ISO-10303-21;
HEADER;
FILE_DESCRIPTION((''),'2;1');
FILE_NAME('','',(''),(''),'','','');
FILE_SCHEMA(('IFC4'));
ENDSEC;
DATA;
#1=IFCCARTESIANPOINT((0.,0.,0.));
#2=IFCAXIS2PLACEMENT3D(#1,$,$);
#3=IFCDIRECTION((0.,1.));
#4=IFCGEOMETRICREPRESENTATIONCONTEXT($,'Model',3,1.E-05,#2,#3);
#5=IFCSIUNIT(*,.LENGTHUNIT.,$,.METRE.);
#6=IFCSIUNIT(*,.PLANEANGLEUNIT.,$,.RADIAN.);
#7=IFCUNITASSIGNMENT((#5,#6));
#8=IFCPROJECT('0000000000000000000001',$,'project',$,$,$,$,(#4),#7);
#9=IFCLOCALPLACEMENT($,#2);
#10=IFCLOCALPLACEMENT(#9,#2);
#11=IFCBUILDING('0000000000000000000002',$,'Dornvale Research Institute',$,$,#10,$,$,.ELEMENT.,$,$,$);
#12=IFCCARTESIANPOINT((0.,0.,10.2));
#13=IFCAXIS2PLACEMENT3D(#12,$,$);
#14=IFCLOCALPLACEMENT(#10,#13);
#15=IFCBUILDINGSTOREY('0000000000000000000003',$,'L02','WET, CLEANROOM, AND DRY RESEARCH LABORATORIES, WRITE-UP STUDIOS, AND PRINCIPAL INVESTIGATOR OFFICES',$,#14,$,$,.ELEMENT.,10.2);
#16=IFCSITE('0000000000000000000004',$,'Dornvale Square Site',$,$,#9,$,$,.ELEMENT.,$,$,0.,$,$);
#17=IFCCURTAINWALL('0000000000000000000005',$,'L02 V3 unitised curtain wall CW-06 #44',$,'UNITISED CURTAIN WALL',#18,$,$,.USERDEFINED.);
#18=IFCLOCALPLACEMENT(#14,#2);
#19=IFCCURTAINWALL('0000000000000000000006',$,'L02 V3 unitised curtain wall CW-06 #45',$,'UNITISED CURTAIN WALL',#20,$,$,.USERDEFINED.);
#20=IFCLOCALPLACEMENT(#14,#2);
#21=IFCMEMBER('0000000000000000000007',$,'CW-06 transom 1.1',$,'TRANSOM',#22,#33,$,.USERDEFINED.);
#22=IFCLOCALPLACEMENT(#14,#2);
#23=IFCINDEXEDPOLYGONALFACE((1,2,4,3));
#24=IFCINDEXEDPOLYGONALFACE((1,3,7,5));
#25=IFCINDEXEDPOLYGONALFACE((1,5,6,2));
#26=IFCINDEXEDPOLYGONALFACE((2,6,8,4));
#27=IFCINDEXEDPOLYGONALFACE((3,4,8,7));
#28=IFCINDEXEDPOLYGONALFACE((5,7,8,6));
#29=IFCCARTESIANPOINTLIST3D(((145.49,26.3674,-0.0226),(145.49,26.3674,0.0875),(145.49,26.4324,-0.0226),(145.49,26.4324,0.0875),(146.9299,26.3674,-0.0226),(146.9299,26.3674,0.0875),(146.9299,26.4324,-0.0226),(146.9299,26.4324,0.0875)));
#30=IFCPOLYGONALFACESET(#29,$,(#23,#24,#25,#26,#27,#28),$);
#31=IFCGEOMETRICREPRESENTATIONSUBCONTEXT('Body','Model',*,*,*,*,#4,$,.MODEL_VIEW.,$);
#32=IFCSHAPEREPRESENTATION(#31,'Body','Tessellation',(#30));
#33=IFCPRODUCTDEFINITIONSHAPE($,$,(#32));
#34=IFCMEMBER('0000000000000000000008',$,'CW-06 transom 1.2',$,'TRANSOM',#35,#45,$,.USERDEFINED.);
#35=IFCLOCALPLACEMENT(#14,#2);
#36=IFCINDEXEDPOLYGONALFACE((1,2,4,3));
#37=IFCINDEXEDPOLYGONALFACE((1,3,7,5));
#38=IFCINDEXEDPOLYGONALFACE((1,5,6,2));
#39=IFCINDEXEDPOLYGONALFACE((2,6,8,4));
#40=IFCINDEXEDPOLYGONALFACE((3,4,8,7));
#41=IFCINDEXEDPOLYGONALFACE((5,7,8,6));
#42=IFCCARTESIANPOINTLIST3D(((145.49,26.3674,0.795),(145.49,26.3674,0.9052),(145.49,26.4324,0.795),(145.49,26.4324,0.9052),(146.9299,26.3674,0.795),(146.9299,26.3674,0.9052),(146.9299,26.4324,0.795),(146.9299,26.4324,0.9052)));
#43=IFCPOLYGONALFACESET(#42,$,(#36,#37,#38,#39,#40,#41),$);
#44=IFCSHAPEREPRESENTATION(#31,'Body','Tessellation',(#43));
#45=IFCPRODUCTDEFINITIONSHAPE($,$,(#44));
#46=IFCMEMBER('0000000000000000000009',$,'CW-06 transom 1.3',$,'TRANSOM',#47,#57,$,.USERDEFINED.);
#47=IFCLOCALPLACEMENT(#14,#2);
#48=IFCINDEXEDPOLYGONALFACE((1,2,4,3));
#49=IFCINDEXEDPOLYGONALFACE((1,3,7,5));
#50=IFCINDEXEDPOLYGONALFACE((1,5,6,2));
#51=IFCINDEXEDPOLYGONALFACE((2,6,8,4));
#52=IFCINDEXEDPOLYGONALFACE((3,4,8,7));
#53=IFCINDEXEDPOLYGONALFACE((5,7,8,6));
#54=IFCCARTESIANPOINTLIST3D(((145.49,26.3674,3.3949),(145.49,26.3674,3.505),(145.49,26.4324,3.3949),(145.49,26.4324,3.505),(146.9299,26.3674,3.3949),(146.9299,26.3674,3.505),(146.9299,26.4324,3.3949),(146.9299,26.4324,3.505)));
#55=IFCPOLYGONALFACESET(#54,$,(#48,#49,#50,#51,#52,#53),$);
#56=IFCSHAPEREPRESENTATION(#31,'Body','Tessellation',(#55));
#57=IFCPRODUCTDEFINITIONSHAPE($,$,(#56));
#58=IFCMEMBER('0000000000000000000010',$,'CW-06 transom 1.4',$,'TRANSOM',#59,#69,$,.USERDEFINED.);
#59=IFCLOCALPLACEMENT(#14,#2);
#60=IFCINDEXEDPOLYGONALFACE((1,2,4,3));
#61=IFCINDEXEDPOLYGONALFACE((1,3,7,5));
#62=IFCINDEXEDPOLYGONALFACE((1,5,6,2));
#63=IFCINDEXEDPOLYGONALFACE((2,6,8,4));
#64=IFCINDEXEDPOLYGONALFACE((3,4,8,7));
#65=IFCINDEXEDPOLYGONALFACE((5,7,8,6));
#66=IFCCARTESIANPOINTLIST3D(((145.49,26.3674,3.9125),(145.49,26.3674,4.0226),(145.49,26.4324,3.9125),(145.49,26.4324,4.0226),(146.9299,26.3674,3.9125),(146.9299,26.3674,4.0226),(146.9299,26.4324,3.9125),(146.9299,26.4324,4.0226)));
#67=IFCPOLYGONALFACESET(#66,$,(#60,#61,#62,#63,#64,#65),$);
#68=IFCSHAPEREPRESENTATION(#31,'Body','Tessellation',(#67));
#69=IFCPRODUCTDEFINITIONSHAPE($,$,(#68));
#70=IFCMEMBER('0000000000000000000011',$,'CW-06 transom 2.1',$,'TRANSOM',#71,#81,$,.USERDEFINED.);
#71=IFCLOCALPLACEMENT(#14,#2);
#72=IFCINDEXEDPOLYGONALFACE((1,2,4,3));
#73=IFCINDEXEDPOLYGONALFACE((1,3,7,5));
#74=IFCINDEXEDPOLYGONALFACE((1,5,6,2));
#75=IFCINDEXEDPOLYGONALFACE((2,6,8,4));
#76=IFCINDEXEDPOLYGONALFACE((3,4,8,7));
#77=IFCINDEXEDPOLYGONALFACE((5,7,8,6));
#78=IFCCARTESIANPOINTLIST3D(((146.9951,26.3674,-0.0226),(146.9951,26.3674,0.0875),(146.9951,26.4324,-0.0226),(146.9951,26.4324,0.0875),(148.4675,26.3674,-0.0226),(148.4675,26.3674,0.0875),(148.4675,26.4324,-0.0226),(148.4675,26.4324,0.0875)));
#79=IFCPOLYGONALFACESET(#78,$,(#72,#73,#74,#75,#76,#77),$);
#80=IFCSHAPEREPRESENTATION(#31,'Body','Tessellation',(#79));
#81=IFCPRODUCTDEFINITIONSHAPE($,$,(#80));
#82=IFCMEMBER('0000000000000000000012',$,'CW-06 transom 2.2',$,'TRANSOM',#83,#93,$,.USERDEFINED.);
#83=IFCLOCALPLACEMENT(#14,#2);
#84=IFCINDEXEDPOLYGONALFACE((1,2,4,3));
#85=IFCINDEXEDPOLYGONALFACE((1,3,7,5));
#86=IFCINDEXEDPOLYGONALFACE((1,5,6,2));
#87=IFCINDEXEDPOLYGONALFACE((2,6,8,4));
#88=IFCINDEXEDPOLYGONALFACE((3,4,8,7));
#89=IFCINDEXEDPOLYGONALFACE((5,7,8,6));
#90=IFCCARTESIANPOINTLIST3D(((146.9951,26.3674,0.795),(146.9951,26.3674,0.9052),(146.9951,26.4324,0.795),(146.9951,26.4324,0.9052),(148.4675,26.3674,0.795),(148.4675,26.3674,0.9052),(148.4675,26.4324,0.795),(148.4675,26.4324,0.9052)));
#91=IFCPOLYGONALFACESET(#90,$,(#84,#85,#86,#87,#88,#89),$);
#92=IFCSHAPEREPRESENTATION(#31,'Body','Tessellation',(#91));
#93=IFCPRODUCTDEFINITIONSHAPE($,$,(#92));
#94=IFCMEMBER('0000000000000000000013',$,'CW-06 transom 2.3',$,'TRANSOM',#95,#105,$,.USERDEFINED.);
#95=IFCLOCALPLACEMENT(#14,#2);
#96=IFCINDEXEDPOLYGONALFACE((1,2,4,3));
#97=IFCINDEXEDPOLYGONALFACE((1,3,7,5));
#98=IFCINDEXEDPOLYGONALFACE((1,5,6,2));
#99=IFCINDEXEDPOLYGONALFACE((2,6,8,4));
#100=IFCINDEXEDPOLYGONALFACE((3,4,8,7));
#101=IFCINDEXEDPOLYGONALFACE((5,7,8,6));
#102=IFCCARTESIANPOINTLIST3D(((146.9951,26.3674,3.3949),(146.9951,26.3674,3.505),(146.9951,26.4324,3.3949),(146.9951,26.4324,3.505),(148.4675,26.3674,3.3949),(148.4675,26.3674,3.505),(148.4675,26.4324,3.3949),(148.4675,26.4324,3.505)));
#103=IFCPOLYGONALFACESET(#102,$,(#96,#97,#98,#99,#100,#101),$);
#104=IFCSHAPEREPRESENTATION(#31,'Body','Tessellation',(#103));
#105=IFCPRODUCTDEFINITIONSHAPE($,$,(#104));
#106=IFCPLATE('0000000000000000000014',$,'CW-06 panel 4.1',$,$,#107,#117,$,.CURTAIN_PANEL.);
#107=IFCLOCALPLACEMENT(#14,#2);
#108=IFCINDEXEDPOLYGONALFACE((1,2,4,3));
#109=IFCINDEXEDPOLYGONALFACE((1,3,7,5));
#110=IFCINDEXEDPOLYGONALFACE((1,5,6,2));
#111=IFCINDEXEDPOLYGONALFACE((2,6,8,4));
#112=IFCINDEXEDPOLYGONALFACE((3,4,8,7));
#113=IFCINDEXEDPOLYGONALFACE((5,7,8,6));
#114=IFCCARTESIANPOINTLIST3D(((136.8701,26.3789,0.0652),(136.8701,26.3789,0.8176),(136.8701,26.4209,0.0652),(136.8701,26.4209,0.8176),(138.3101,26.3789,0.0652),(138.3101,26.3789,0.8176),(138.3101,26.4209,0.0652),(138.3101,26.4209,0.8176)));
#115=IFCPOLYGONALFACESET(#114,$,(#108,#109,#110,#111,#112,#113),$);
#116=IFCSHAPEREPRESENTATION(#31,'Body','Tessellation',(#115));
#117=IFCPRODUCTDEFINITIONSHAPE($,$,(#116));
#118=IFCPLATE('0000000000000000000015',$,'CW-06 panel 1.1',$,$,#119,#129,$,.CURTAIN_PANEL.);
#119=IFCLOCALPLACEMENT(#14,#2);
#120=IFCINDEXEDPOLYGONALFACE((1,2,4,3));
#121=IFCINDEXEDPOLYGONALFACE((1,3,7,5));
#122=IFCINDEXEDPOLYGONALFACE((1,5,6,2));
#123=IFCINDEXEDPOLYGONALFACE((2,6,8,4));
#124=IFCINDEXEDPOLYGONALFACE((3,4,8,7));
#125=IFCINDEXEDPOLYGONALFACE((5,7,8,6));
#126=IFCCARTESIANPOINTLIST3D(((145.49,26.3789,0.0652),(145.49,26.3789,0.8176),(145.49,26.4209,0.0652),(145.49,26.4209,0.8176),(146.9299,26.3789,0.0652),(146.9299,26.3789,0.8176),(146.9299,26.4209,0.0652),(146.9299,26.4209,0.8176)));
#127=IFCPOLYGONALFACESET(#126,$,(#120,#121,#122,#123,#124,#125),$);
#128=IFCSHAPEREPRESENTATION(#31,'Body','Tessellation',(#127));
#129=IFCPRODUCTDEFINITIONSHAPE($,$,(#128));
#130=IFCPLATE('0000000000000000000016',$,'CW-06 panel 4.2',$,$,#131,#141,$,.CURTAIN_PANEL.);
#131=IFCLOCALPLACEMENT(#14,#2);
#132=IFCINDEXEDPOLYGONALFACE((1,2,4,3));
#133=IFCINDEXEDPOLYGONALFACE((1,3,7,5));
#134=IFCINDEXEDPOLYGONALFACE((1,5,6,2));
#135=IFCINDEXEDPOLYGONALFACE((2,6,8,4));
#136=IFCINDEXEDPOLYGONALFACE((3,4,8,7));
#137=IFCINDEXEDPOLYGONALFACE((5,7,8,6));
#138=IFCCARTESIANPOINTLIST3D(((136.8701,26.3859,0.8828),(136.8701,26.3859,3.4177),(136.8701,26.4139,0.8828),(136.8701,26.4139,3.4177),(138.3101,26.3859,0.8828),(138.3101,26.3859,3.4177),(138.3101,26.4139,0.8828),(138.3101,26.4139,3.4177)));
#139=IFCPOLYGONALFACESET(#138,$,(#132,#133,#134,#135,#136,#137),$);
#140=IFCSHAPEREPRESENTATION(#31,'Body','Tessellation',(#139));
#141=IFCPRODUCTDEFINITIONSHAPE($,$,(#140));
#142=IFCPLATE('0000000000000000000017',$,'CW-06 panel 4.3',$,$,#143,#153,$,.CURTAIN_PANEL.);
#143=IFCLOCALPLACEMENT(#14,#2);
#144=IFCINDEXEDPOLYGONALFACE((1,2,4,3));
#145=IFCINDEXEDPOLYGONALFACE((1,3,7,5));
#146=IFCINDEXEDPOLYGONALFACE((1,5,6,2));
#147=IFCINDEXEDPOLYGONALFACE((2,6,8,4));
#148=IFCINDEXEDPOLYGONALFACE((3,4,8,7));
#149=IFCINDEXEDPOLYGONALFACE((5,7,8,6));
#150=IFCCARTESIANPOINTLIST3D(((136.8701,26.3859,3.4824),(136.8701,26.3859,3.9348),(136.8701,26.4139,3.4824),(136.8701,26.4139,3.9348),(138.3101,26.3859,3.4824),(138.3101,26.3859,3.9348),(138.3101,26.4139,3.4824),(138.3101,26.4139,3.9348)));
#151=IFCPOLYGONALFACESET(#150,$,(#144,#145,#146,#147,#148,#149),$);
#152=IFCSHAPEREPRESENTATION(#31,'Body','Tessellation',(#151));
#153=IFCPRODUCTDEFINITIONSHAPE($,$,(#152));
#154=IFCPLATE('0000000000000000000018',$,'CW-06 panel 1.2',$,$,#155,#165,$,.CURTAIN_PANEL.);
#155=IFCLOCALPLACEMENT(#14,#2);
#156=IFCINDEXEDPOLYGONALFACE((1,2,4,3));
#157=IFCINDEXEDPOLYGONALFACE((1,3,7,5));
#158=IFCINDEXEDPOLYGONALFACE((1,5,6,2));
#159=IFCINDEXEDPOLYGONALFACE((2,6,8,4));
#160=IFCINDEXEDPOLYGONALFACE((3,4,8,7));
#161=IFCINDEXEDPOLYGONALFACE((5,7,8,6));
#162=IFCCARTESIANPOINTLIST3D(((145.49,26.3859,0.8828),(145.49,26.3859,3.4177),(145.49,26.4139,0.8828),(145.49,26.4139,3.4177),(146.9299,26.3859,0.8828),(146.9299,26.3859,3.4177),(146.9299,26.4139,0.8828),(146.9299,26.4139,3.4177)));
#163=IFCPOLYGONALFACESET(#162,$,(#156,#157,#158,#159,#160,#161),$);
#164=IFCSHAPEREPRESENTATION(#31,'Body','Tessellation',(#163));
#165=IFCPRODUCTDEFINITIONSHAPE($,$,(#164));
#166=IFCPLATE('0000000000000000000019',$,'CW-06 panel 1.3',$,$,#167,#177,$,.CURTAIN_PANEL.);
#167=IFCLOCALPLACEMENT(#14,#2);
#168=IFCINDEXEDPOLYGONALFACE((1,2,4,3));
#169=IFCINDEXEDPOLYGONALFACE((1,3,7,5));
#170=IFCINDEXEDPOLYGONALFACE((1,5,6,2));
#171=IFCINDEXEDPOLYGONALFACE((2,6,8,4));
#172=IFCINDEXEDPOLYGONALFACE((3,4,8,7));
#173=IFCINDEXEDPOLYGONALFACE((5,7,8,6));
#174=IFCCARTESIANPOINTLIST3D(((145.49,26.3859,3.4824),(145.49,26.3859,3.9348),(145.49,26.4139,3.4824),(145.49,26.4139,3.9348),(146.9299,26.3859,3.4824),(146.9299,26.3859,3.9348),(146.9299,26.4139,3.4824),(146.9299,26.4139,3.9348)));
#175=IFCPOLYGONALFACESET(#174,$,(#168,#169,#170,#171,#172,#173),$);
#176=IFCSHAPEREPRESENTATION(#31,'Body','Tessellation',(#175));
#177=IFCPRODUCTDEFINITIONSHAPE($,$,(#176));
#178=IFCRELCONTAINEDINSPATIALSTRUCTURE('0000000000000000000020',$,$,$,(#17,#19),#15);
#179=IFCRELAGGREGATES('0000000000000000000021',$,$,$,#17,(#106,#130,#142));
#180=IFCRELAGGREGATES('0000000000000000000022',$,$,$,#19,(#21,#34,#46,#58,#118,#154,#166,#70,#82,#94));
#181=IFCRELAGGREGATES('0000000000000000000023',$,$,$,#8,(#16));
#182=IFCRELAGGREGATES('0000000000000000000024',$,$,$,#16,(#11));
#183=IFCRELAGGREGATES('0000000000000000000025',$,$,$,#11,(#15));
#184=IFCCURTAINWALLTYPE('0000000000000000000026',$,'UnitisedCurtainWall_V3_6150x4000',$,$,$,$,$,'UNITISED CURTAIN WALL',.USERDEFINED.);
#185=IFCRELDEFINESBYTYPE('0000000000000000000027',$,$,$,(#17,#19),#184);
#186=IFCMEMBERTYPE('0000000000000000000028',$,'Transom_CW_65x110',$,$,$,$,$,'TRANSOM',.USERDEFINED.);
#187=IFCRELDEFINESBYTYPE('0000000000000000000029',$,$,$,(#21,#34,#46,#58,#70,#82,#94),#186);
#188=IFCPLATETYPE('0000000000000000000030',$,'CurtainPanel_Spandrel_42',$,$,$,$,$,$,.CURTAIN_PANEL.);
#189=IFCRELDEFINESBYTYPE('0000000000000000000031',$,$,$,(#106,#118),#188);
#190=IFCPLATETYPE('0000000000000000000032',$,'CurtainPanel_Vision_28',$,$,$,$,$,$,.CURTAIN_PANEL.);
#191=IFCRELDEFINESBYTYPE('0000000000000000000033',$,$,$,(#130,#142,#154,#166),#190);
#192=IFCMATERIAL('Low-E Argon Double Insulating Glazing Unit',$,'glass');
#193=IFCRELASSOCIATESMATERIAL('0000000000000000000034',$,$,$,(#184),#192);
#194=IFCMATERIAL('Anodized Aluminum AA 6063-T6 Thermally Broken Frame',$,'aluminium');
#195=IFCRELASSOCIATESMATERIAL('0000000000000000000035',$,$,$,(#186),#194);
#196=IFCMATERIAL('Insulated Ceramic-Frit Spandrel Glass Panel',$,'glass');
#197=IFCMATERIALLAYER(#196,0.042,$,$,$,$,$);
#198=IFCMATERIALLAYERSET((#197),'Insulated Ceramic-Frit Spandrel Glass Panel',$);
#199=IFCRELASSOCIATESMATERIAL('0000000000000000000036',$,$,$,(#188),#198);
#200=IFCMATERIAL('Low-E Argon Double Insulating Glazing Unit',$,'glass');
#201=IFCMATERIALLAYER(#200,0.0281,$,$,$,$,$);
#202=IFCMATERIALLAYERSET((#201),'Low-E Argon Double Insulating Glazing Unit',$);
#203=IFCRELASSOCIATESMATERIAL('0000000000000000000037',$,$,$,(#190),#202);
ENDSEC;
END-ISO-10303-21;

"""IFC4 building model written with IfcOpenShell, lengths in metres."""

from ifc_helpers import new_model, si_unit, direction, frame, origin, origin_2d, place, context, subcontext, project, spatial, rectangle, extrude, material, layer, layer_set, material_profile, profile_set, type_object, element, aggregate, save


model = new_model("IFC4")

# Units and contexts
model_context = context("Model", 3, precision=1e-05, world=origin(), true_north=direction((0.0, 1.0)))
body_context = subcontext(model_context, "Body", "Model", "MODEL_VIEW")
ifc_project = project(units=[si_unit("LENGTHUNIT", "METRE"), si_unit("PLANEANGLEUNIT", "RADIAN")], contexts=[model_context])

# Site, building, storey
site_placement = place(None, origin())
site = spatial("IfcSite", under=ifc_project, at=site_placement, Name="Dornvale Square Site", CompositionType="ELEMENT", RefElevation=0.0)
building_placement = place(site_placement, origin())
building = spatial("IfcBuilding", under=site, at=building_placement, Name="Dornvale Research Institute", CompositionType="ELEMENT")
storey_placement = place(building_placement, frame((0.0, 0.0, 10.2)))
storey = spatial("IfcBuildingStorey", under=building, at=storey_placement, Name="L02", Description="WET, CLEANROOM, AND DRY RESEARCH LABORATORIES, WRITE-UP STUDIOS, AND PRINCIPAL INVESTIGATOR OFFICES", CompositionType="ELEMENT", Elevation=10.2)

# Curtain wall
ifc_material_1 = material(Name="Low-E Argon Double Insulating Glazing Unit", Category="glass")
curtain_wall_type = type_object("IfcCurtainWallType", Name="UnitisedCurtainWall_V3_6150x4000", ElementType="UNITISED CURTAIN WALL", PredefinedType="USERDEFINED", material=ifc_material_1)
curtain_wall_1_placement = place(storey_placement, origin())
curtain_wall_1 = element("IfcCurtainWall", 1, at=curtain_wall_1_placement, inside=storey, type_object=curtain_wall_type, Name="L02 V3 unitised curtain wall CW-06 #44", ObjectType="UNITISED CURTAIN WALL", PredefinedType="USERDEFINED")

# Curtain wall
curtain_wall_2_placement = place(storey_placement, origin())
curtain_wall_2 = element("IfcCurtainWall", 2, at=curtain_wall_2_placement, inside=storey, type_object=curtain_wall_type, Name="L02 V3 unitised curtain wall CW-06 #45", ObjectType="UNITISED CURTAIN WALL", PredefinedType="USERDEFINED")

# Members
ifc_material_2 = material(Name="Anodized Aluminum AA 6063-T6 Thermally Broken Frame", Category="aluminium")
ifc_material_profile_1 = material_profile(ifc_material_2, rectangle(XDim=0.0649, YDim=0.1101, at=origin_2d()), Name="ALU TRANSOM 65x110")
ifc_profile_set_1 = profile_set([ifc_material_profile_1], Name="Anodized Aluminum AA 6063-T6 Thermally Broken Frame")
member_type_1 = type_object("IfcMemberType", Name="Transom_CW_65x110", ElementType="TRANSOM", PredefinedType="USERDEFINED", material=ifc_profile_set_1)
member_1_placement = place(storey_placement, frame((145.49, 26.3999, 0.0325), z_axis=(1.0, 0.0, 0.0), x_axis=(0.0, 1.0, 0.0)))
member_1 = element("IfcMember", 3, at=member_1_placement, type_object=member_type_1, Name="CW-06 transom 1.1", ObjectType="TRANSOM", PredefinedType="USERDEFINED", context=body_context, shape_type="SweptSolid", body=[
    extrude(rectangle(XDim=0.0649, YDim=0.1101, at=origin_2d()), origin(), (0.0, 0.0, 1.0), 1.4399),
])
member_2_placement = place(storey_placement, frame((145.49, 26.3999, 0.8501), z_axis=(1.0, 0.0, 0.0), x_axis=(0.0, 1.0, 0.0)))
member_2 = element("IfcMember", 4, at=member_2_placement, type_object=member_type_1, Name="CW-06 transom 1.2", ObjectType="TRANSOM", PredefinedType="USERDEFINED", context=body_context, shape_type="SweptSolid", body=[
    extrude(rectangle(XDim=0.0649, YDim=0.1101, at=origin_2d()), origin(), (0.0, 0.0, 1.0), 1.4399),
])
member_3_placement = place(storey_placement, frame((145.49, 26.3999, 3.45), z_axis=(1.0, 0.0, 0.0), x_axis=(0.0, 1.0, 0.0)))
member_3 = element("IfcMember", 5, at=member_3_placement, type_object=member_type_1, Name="CW-06 transom 1.3", ObjectType="TRANSOM", PredefinedType="USERDEFINED", context=body_context, shape_type="SweptSolid", body=[
    extrude(rectangle(XDim=0.0649, YDim=0.1101, at=origin_2d()), origin(), (0.0, 0.0, 1.0), 1.4399),
])
member_4_placement = place(storey_placement, frame((145.49, 26.3999, 3.9675), z_axis=(1.0, 0.0, 0.0), x_axis=(0.0, 1.0, 0.0)))
member_4 = element("IfcMember", 6, at=member_4_placement, type_object=member_type_1, Name="CW-06 transom 1.4", ObjectType="TRANSOM", PredefinedType="USERDEFINED", context=body_context, shape_type="SweptSolid", body=[
    extrude(rectangle(XDim=0.0649, YDim=0.1101, at=origin_2d()), origin(), (0.0, 0.0, 1.0), 1.4399),
])
member_5_placement = place(storey_placement, frame((146.9951, 26.3999, 0.0325), z_axis=(1.0, 0.0, 0.0), x_axis=(0.0, 1.0, 0.0)))
member_5 = element("IfcMember", 7, at=member_5_placement, type_object=member_type_1, Name="CW-06 transom 2.1", ObjectType="TRANSOM", PredefinedType="USERDEFINED", context=body_context, shape_type="SweptSolid", body=[
    extrude(rectangle(XDim=0.0649, YDim=0.1101, at=origin_2d()), origin(), (0.0, 0.0, 1.0), 1.4724),
])
member_6_placement = place(storey_placement, frame((146.9951, 26.3999, 0.8501), z_axis=(1.0, 0.0, 0.0), x_axis=(0.0, 1.0, 0.0)))
member_6 = element("IfcMember", 8, at=member_6_placement, type_object=member_type_1, Name="CW-06 transom 2.2", ObjectType="TRANSOM", PredefinedType="USERDEFINED", context=body_context, shape_type="SweptSolid", body=[
    extrude(rectangle(XDim=0.0649, YDim=0.1101, at=origin_2d()), origin(), (0.0, 0.0, 1.0), 1.4724),
])
member_7_placement = place(storey_placement, frame((146.9951, 26.3999, 3.45), z_axis=(1.0, 0.0, 0.0), x_axis=(0.0, 1.0, 0.0)))
member_7 = element("IfcMember", 9, at=member_7_placement, type_object=member_type_1, Name="CW-06 transom 2.3", ObjectType="TRANSOM", PredefinedType="USERDEFINED", context=body_context, shape_type="SweptSolid", body=[
    extrude(rectangle(XDim=0.0649, YDim=0.1101, at=origin_2d()), origin(), (0.0, 0.0, 1.0), 1.4724),
])

# Plates
ifc_material_3 = material(Name="Insulated Ceramic-Frit Spandrel Glass Panel", Category="glass")
ifc_layer_1 = layer(ifc_material_3, 0.042)
ifc_layer_set_1 = layer_set([ifc_layer_1], Name="Insulated Ceramic-Frit Spandrel Glass Panel")
plate_type_1 = type_object("IfcPlateType", Name="CurtainPanel_Spandrel_42", PredefinedType="CURTAIN_PANEL", material=ifc_layer_set_1)
plate_1_placement = place(storey_placement, frame((137.5901, 26.3999, 0.0652), z_axis=(0.0, 0.0, 1.0), x_axis=(1.0, 0.0, 0.0)))
plate_1 = element("IfcPlate", 10, at=plate_1_placement, type_object=plate_type_1, Name="CW-06 panel 4.1", PredefinedType="CURTAIN_PANEL", context=body_context, shape_type="SweptSolid", body=[
    extrude(rectangle(XDim=1.4399, YDim=0.042, at=origin_2d()), origin(), (0.0, 0.0, 1.0), 0.7524),
])
plate_2_placement = place(storey_placement, frame((146.21, 26.3999, 0.0652), z_axis=(0.0, 0.0, 1.0), x_axis=(1.0, 0.0, 0.0)))
plate_2 = element("IfcPlate", 11, at=plate_2_placement, type_object=plate_type_1, Name="CW-06 panel 1.1", PredefinedType="CURTAIN_PANEL", context=body_context, shape_type="SweptSolid", body=[
    extrude(rectangle(XDim=1.4399, YDim=0.042, at=origin_2d()), origin(), (0.0, 0.0, 1.0), 0.7524),
])
ifc_material_4 = material(Name="Low-E Argon Double Insulating Glazing Unit", Category="glass")
ifc_layer_2 = layer(ifc_material_4, 0.0281)
ifc_layer_set_2 = layer_set([ifc_layer_2], Name="Low-E Argon Double Insulating Glazing Unit")
plate_type_2 = type_object("IfcPlateType", Name="CurtainPanel_Vision_28", PredefinedType="CURTAIN_PANEL", material=ifc_layer_set_2)
plate_3_placement = place(storey_placement, frame((137.5901, 26.3999, 0.8828), z_axis=(0.0, 0.0, 1.0), x_axis=(1.0, 0.0, 0.0)))
plate_3 = element("IfcPlate", 12, at=plate_3_placement, type_object=plate_type_2, Name="CW-06 panel 4.2", PredefinedType="CURTAIN_PANEL", context=body_context, shape_type="SweptSolid", body=[
    extrude(rectangle(XDim=1.4399, YDim=0.0281, at=origin_2d()), origin(), (0.0, 0.0, 1.0), 2.5349),
])
plate_4_placement = place(storey_placement, frame((137.5901, 26.3999, 3.4824), z_axis=(0.0, 0.0, 1.0), x_axis=(1.0, 0.0, 0.0)))
plate_4 = element("IfcPlate", 13, at=plate_4_placement, type_object=plate_type_2, Name="CW-06 panel 4.3", PredefinedType="CURTAIN_PANEL", context=body_context, shape_type="SweptSolid", body=[
    extrude(rectangle(XDim=1.4399, YDim=0.0281, at=origin_2d()), origin(), (0.0, 0.0, 1.0), 0.4524),
])
aggregate(curtain_wall_1, [plate_1, plate_3, plate_4])
plate_5_placement = place(storey_placement, frame((146.21, 26.3999, 0.8828), z_axis=(0.0, 0.0, 1.0), x_axis=(1.0, 0.0, 0.0)))
plate_5 = element("IfcPlate", 14, at=plate_5_placement, type_object=plate_type_2, Name="CW-06 panel 1.2", PredefinedType="CURTAIN_PANEL", context=body_context, shape_type="SweptSolid", body=[
    extrude(rectangle(XDim=1.4399, YDim=0.0281, at=origin_2d()), origin(), (0.0, 0.0, 1.0), 2.5349),
])
plate_6_placement = place(storey_placement, frame((146.21, 26.3999, 3.4824), z_axis=(0.0, 0.0, 1.0), x_axis=(1.0, 0.0, 0.0)))
plate_6 = element("IfcPlate", 15, at=plate_6_placement, type_object=plate_type_2, Name="CW-06 panel 1.3", PredefinedType="CURTAIN_PANEL", context=body_context, shape_type="SweptSolid", body=[
    extrude(rectangle(XDim=1.4399, YDim=0.0281, at=origin_2d()), origin(), (0.0, 0.0, 1.0), 0.4524),
])
aggregate(curtain_wall_2, [member_1, member_2, member_3, member_4, plate_2, plate_5, plate_6, member_5, member_6, member_7])

save(model, "model.ifc")
